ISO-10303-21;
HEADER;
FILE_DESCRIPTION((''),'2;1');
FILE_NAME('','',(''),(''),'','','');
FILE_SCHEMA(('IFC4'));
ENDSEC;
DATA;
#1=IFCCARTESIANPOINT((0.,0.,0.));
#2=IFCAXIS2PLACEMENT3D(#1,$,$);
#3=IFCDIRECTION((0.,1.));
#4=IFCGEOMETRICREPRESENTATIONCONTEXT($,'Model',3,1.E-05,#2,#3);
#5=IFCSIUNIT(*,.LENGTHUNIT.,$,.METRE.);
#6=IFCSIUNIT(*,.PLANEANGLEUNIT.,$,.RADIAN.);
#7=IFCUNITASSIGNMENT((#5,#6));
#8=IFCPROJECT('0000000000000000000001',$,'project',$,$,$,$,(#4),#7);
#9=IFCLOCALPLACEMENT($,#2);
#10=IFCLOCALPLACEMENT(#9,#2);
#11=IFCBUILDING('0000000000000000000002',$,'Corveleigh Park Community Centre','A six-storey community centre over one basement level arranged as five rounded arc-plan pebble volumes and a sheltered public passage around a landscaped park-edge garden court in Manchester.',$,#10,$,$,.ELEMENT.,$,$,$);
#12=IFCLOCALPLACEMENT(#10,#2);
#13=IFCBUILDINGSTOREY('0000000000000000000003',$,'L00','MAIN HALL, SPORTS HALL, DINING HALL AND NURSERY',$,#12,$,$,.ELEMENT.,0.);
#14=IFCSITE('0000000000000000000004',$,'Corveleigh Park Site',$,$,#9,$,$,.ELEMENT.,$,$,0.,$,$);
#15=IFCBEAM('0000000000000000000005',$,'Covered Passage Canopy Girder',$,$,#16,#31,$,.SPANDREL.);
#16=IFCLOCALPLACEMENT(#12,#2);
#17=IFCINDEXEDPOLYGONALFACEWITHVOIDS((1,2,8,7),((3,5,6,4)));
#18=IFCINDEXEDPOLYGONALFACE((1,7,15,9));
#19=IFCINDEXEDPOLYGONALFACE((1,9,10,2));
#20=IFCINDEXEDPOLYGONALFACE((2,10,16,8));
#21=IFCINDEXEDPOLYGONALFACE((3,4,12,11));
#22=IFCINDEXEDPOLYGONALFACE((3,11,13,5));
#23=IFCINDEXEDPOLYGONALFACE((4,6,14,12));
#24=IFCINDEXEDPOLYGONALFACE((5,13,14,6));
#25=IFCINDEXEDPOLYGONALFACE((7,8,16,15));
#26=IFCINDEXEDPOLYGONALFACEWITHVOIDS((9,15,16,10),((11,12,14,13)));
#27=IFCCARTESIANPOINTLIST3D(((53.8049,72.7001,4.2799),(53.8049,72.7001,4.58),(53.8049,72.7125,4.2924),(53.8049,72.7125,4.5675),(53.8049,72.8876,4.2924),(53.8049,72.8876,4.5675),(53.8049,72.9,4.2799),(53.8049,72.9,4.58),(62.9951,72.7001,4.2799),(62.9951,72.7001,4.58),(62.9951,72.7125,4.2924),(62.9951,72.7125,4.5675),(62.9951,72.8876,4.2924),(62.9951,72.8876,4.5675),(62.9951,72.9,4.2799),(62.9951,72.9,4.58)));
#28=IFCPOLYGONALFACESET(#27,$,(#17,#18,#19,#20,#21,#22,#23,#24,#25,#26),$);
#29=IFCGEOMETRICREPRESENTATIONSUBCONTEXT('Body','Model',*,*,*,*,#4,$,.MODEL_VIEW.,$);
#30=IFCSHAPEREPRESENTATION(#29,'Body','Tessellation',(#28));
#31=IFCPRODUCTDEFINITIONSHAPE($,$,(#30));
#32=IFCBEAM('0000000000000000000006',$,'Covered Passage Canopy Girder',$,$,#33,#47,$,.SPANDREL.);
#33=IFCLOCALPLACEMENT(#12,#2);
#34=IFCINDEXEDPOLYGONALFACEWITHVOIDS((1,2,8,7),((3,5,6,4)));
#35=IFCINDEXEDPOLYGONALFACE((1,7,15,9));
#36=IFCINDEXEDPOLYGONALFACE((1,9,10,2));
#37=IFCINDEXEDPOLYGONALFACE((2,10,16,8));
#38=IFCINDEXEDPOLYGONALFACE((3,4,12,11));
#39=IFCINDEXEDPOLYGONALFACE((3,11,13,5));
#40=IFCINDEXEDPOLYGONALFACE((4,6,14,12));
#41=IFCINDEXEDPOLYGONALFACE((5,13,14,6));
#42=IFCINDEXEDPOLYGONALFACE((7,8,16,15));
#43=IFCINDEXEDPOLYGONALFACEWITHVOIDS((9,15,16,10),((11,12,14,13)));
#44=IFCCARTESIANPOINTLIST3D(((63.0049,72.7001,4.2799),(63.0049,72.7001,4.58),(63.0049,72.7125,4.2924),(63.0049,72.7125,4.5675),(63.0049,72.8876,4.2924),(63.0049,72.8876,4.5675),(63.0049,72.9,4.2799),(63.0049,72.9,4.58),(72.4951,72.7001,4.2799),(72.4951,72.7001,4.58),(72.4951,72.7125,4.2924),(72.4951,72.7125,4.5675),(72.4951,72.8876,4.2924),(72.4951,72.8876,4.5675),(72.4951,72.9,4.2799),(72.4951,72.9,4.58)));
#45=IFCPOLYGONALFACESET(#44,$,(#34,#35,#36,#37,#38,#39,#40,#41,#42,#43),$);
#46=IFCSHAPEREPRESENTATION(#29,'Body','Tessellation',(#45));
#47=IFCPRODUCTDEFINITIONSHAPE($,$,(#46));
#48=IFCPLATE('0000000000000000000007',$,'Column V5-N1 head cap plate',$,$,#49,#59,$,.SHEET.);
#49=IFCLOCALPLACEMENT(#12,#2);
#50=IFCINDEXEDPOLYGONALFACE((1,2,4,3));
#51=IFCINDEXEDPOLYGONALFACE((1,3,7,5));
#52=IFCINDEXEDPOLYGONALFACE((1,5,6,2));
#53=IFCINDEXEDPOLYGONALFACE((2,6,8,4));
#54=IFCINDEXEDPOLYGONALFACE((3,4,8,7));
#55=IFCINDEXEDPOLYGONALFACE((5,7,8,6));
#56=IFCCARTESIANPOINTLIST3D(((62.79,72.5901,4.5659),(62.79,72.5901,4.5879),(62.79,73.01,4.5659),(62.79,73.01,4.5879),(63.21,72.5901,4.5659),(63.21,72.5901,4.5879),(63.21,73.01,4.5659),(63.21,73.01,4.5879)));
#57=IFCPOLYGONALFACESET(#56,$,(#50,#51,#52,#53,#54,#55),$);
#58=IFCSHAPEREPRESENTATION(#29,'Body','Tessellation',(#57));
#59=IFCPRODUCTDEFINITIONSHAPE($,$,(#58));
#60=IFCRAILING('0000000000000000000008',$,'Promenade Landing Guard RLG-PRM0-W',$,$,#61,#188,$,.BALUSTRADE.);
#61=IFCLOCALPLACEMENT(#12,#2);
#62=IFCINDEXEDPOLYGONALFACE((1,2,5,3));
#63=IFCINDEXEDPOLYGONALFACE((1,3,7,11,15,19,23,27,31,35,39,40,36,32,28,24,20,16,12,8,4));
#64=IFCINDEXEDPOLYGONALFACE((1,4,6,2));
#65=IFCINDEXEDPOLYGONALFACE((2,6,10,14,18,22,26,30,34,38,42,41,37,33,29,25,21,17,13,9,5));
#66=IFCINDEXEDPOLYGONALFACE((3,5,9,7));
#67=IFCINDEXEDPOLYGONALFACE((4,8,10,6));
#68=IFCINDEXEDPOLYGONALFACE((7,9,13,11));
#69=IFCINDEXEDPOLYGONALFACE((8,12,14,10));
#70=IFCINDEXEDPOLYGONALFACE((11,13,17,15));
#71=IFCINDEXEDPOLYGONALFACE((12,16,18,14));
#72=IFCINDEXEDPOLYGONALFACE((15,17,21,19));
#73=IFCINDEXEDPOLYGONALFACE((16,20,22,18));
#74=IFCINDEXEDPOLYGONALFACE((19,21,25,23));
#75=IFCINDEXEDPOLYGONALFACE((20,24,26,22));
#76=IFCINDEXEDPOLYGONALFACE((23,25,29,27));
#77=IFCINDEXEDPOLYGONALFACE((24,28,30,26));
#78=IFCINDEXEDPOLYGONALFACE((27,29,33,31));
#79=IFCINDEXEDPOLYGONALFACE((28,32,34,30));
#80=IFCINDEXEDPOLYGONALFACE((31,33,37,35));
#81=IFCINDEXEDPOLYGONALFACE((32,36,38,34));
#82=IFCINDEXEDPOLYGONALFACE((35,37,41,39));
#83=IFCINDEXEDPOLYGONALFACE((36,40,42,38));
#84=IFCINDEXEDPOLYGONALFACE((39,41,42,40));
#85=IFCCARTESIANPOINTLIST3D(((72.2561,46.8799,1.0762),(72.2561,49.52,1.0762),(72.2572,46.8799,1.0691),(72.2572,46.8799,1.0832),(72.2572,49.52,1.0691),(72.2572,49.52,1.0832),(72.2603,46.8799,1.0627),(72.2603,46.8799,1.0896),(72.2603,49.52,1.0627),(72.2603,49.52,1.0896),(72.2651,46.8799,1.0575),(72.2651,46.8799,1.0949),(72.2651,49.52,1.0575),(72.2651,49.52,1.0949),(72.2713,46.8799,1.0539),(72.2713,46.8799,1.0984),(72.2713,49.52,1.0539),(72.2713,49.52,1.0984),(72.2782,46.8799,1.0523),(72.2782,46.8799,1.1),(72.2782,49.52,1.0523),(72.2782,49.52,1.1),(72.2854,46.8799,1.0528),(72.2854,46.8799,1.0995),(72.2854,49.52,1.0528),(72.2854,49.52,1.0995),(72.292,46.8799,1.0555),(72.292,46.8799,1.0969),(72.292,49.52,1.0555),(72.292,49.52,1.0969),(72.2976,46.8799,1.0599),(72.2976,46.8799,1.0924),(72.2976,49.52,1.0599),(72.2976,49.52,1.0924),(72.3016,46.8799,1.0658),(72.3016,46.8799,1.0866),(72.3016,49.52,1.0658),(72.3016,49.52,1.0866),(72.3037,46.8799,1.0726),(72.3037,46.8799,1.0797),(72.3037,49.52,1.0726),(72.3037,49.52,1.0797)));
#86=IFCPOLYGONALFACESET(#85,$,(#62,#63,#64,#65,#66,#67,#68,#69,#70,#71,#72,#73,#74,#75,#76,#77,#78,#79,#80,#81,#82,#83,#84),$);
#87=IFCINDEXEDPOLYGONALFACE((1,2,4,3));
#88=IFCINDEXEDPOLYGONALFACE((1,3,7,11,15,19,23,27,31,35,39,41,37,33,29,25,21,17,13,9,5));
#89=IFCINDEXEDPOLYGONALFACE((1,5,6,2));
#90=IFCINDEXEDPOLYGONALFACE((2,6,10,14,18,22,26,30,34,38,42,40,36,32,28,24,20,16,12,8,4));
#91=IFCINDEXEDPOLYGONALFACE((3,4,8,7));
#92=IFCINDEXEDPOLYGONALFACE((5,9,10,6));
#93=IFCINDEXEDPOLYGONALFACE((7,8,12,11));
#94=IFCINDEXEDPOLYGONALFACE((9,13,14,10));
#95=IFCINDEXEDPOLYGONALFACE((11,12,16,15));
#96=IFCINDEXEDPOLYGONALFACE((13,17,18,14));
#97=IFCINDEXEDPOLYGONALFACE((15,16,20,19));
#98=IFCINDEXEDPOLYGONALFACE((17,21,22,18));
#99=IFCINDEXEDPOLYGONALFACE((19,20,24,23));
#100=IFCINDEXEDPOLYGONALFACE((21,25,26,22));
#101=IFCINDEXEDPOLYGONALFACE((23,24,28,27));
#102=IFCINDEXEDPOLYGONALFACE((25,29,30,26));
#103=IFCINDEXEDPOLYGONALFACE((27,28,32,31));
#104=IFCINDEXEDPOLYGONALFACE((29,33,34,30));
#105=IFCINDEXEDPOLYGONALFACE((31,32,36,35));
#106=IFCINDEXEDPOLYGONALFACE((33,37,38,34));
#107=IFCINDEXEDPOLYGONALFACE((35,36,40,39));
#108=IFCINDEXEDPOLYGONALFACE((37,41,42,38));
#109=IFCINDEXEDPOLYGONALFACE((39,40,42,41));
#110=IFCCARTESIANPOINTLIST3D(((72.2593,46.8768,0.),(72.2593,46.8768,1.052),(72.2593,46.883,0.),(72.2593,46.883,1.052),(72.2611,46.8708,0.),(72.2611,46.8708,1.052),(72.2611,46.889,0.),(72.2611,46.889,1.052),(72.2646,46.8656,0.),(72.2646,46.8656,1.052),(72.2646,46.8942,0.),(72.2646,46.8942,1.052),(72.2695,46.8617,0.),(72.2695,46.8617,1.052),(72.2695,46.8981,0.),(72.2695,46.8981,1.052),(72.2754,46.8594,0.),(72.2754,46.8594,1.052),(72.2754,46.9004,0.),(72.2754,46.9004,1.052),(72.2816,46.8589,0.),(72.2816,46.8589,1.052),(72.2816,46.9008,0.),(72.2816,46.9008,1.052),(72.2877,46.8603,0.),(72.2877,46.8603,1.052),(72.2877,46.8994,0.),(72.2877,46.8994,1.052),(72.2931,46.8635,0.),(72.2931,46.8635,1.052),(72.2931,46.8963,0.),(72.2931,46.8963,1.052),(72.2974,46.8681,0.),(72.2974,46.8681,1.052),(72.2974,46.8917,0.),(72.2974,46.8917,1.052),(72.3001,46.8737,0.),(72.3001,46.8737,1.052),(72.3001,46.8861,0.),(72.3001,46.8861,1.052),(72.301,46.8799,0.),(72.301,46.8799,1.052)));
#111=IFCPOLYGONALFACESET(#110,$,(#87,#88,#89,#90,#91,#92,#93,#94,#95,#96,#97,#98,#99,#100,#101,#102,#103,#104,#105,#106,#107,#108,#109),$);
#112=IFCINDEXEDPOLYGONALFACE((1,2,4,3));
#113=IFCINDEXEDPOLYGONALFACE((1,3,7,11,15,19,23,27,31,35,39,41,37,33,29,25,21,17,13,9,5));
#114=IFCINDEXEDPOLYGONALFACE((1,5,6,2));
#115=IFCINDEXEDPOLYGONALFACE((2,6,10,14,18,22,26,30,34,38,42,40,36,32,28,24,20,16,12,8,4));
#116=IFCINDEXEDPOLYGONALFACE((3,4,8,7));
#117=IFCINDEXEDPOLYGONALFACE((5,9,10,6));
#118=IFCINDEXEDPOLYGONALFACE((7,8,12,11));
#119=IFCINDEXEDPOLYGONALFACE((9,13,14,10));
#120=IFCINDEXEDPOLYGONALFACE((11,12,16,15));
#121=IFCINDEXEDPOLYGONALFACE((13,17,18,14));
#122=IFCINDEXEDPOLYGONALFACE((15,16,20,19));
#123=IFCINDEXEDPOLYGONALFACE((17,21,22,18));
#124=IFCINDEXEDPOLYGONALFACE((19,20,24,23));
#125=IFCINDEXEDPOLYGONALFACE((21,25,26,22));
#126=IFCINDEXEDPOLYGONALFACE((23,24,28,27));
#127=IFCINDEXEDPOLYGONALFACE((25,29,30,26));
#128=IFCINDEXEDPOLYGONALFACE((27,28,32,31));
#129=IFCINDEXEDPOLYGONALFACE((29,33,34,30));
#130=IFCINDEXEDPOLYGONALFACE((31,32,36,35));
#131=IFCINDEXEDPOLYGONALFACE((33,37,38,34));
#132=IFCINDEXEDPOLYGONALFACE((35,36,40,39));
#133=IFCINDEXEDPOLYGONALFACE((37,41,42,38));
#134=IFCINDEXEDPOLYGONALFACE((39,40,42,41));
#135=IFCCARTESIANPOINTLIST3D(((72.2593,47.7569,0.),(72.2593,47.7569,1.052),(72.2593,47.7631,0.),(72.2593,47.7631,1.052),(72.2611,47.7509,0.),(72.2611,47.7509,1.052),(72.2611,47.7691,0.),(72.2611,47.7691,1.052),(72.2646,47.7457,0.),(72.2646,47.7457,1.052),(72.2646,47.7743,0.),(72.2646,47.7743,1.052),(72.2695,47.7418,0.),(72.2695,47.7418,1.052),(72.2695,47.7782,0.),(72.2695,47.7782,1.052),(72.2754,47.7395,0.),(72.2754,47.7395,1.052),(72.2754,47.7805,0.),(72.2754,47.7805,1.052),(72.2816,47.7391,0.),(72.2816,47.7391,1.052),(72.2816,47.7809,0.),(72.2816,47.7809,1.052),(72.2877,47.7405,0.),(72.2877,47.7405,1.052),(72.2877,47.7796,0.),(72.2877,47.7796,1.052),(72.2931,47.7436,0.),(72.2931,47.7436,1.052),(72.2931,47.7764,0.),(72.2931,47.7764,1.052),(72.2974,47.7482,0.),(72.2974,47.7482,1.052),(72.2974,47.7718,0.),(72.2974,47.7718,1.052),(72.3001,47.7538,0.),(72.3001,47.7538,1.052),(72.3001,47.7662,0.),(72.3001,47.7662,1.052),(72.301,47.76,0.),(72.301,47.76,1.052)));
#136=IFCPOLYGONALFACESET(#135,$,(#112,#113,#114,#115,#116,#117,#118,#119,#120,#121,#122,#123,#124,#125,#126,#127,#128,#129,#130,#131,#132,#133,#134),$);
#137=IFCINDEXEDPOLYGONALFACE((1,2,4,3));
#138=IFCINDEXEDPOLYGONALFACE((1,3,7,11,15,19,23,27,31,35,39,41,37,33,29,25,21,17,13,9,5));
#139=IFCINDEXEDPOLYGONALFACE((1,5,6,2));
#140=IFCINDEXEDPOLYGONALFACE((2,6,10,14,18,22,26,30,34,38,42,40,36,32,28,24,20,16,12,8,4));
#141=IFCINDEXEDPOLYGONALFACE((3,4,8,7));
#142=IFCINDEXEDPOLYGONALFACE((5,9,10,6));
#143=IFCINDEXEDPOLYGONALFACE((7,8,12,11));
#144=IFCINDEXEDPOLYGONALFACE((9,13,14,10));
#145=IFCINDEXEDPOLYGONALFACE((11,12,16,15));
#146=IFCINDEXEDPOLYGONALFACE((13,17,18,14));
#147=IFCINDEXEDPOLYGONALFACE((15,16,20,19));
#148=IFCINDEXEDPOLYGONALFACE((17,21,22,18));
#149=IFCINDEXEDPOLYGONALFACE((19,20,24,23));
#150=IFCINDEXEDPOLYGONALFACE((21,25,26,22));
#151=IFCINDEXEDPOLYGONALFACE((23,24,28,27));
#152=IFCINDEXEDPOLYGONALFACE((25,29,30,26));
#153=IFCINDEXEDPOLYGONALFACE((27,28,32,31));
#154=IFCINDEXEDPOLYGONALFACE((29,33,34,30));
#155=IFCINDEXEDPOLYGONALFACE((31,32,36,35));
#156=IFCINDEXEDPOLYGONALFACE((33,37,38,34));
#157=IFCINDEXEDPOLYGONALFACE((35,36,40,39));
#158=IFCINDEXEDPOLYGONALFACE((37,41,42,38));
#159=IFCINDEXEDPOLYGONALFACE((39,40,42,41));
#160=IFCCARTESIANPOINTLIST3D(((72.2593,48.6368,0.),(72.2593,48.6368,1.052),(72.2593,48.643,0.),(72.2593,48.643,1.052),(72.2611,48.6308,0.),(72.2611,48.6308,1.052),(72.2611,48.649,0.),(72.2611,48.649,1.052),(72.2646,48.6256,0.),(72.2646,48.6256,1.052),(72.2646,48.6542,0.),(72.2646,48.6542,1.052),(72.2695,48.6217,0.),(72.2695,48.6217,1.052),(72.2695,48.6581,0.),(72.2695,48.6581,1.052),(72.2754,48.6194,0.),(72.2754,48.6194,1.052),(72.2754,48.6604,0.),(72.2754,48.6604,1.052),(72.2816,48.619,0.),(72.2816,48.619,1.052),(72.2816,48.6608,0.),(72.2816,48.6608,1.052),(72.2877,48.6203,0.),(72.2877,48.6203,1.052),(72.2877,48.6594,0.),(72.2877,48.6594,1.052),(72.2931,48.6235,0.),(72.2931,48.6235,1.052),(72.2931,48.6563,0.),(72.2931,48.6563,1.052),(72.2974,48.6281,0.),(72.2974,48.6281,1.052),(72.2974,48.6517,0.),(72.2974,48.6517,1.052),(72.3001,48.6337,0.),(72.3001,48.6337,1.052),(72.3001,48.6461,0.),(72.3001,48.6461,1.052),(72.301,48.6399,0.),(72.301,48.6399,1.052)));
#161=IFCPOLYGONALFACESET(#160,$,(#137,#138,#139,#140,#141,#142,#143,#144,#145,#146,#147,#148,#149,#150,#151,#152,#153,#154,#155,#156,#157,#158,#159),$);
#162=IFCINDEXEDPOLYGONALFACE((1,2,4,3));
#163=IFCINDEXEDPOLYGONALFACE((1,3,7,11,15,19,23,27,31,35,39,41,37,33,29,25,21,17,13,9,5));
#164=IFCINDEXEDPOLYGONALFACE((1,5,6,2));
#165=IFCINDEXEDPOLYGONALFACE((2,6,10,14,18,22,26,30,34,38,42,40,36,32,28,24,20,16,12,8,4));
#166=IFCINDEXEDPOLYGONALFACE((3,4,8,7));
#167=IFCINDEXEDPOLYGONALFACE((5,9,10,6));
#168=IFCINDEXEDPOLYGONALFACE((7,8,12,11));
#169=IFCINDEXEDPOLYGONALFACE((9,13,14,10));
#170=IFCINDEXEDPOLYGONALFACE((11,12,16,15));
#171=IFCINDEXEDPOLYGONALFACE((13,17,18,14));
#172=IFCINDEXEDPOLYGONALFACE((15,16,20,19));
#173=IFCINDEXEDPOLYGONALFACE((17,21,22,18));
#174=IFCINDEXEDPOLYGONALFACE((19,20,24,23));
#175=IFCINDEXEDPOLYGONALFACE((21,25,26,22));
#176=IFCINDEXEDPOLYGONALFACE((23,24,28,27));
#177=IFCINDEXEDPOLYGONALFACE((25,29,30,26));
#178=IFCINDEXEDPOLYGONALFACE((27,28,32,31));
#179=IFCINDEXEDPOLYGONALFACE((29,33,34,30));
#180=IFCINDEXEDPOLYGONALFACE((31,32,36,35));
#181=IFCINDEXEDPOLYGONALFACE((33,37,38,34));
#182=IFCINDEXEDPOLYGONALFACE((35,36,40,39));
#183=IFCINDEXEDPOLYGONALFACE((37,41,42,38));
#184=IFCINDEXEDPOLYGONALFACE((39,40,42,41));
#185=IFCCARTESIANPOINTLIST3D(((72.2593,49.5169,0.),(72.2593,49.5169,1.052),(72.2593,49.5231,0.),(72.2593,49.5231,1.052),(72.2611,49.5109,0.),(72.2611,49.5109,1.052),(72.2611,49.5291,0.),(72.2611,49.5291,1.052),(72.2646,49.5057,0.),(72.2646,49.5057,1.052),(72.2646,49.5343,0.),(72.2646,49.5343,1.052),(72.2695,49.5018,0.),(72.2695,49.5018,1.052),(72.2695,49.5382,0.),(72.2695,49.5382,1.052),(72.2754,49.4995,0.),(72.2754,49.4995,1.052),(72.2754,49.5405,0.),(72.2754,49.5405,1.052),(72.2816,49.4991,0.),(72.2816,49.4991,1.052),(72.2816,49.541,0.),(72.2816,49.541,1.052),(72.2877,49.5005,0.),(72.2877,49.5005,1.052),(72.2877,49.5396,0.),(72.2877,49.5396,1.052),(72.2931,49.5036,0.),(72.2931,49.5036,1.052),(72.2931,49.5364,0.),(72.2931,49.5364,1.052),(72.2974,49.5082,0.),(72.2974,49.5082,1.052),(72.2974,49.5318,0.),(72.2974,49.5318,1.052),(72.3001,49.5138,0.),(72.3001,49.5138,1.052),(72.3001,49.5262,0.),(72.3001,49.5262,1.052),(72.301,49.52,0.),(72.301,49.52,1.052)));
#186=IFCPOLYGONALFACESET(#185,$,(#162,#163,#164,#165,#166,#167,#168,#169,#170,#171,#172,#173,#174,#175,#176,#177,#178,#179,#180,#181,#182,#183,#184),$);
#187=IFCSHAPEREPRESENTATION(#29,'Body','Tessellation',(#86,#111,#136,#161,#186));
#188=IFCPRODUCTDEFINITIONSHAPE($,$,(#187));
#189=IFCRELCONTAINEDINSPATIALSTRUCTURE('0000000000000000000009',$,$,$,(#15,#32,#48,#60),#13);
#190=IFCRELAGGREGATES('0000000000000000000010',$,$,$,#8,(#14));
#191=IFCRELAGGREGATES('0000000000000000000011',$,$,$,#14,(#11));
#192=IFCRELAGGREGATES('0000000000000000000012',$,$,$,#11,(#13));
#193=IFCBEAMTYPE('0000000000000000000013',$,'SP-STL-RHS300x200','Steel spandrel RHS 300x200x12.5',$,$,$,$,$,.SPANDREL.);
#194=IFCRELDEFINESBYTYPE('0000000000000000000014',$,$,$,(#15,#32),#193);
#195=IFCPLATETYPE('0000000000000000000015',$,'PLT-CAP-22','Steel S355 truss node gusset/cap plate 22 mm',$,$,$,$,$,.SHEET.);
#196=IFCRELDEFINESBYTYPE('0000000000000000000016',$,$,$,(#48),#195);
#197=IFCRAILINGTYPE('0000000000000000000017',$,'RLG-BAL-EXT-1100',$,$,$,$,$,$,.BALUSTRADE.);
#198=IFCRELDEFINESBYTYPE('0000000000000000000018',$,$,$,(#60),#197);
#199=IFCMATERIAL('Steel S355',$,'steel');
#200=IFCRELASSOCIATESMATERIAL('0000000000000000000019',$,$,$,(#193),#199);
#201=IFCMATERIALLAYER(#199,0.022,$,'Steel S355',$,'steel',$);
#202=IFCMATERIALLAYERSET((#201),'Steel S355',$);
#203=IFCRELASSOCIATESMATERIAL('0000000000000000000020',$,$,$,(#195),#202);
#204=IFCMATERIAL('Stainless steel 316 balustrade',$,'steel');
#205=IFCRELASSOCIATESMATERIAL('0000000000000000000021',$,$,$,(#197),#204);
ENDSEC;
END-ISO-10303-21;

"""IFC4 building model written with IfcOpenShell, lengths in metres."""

from ifc_helpers import new_model, si_unit, direction, frame, origin, origin_2d, place, context, subcontext, project, spatial, rectangle, hollow_rectangle, circle, extrude, material, layer, layer_set, material_profile, profile_set, type_object, element, save


model = new_model("IFC4")

# Units and contexts
model_context = context("Model", 3, precision=1e-05, world=origin(), true_north=direction((0.0, 1.0)))
body_context = subcontext(model_context, "Body", "Model", "MODEL_VIEW")
ifc_project = project(units=[si_unit("LENGTHUNIT", "METRE"), si_unit("PLANEANGLEUNIT", "RADIAN")], contexts=[model_context])

# Site, building, storey
site_placement = place(None, origin())
site = spatial("IfcSite", under=ifc_project, at=site_placement, Name="Corveleigh Park Site", CompositionType="ELEMENT", RefElevation=0.0)
building_placement = place(site_placement, origin())
building = spatial("IfcBuilding", under=site, at=building_placement, Name="Corveleigh Park Community Centre", Description="A six-storey community centre over one basement level arranged as five rounded arc-plan pebble volumes and a sheltered public passage around a landscaped park-edge garden court in Manchester.", CompositionType="ELEMENT")
storey_placement = place(building_placement, origin())
storey = spatial("IfcBuildingStorey", under=building, at=storey_placement, Name="L00", Description="MAIN HALL, SPORTS HALL, DINING HALL AND NURSERY", CompositionType="ELEMENT", Elevation=0.0)

# Shared definitions
ifc_material_1 = material(Name="Steel S355", Category="steel")

# Beams
ifc_material_profile_1 = material_profile(ifc_material_1, hollow_rectangle(XDim=0.2, YDim=0.3, WallThickness=0.0125, at=origin_2d()), Name="RHS 300x200x12.5", Category="steel")
ifc_profile_set_1 = profile_set([ifc_material_profile_1], Name="Steel S355")
beam_type = type_object("IfcBeamType", Name="SP-STL-RHS300x200", Description="Steel spandrel RHS 300x200x12.5", PredefinedType="SPANDREL", material=ifc_profile_set_1)
beam_1_placement = place(storey_placement, frame((53.8049, 72.8, 4.4299), z_axis=(1.0, 0.0, 0.0), x_axis=(0.0, 1.0, 0.0)))
element("IfcBeam", 1, at=beam_1_placement, inside=storey, type_object=beam_type, Name="Covered Passage Canopy Girder", PredefinedType="SPANDREL", context=body_context, shape_type="SweptSolid", body=[
    extrude(hollow_rectangle(XDim=0.2, YDim=0.3, WallThickness=0.0125, at=origin_2d()), origin(), (0.0, 0.0, 1.0), 9.1902),
])
beam_2_placement = place(storey_placement, frame((63.0049, 72.8, 4.4299), z_axis=(1.0, 0.0, 0.0), x_axis=(0.0, 1.0, 0.0)))
element("IfcBeam", 2, at=beam_2_placement, inside=storey, type_object=beam_type, Name="Covered Passage Canopy Girder", PredefinedType="SPANDREL", context=body_context, shape_type="SweptSolid", body=[
    extrude(hollow_rectangle(XDim=0.2, YDim=0.3, WallThickness=0.0125, at=origin_2d()), origin(), (0.0, 0.0, 1.0), 9.4902),
])

# Plate
ifc_layer = layer(ifc_material_1, 0.022, Name="Steel S355", Category="steel")
ifc_layer_set = layer_set([ifc_layer], Name="Steel S355")
plate_type = type_object("IfcPlateType", Name="PLT-CAP-22", Description="Steel S355 truss node gusset/cap plate 22 mm", PredefinedType="SHEET", material=ifc_layer_set)
plate_placement = place(storey_placement, frame((63.0, 72.8, 4.5659), z_axis=(0.0, 0.0, 1.0), x_axis=(1.0, 0.0, 0.0)))
element("IfcPlate", 3, at=plate_placement, inside=storey, type_object=plate_type, Name="Column V5-N1 head cap plate", PredefinedType="SHEET", context=body_context, shape_type="SweptSolid", body=[
    extrude(rectangle(XDim=0.4199, YDim=0.4199, at=origin_2d()), origin(), (0.0, 0.0, 1.0), 0.022),
])

# Railing
ifc_material_2 = material(Name="Stainless steel 316 balustrade", Category="steel")
railing_type = type_object("IfcRailingType", Name="RLG-BAL-EXT-1100", PredefinedType="BALUSTRADE", material=ifc_material_2)
railing_placement = place(storey_placement, frame((72.28, 46.8799, 0.0)))
element("IfcRailing", 4, at=railing_placement, inside=storey, type_object=railing_type, Name="Promenade Landing Guard RLG-PRM0-W", PredefinedType="BALUSTRADE", context=body_context, shape_type="SweptSolid", body=[
    extrude(circle(Radius=0.0239, at=origin_2d()), frame((0.0, 0.0, 1.0762), z_axis=(0.0, 1.0, 0.0), x_axis=(-1.0, 0.0, 0.0)), (0.0, 0.0, 1.0), 2.6401),
    extrude(circle(Radius=0.021, at=origin_2d()), origin(), (0.0, 0.0, 1.0), 1.052),
    extrude(circle(Radius=0.021, at=origin_2d()), frame((0.0, 0.8801, 0.0)), (0.0, 0.0, 1.0), 1.052),
    extrude(circle(Radius=0.021, at=origin_2d()), frame((0.0, 1.76, 0.0)), (0.0, 0.0, 1.0), 1.052),
    extrude(circle(Radius=0.021, at=origin_2d()), frame((0.0, 2.6401, 0.0)), (0.0, 0.0, 1.0), 1.052),
])

save(model, "model.ifc")
